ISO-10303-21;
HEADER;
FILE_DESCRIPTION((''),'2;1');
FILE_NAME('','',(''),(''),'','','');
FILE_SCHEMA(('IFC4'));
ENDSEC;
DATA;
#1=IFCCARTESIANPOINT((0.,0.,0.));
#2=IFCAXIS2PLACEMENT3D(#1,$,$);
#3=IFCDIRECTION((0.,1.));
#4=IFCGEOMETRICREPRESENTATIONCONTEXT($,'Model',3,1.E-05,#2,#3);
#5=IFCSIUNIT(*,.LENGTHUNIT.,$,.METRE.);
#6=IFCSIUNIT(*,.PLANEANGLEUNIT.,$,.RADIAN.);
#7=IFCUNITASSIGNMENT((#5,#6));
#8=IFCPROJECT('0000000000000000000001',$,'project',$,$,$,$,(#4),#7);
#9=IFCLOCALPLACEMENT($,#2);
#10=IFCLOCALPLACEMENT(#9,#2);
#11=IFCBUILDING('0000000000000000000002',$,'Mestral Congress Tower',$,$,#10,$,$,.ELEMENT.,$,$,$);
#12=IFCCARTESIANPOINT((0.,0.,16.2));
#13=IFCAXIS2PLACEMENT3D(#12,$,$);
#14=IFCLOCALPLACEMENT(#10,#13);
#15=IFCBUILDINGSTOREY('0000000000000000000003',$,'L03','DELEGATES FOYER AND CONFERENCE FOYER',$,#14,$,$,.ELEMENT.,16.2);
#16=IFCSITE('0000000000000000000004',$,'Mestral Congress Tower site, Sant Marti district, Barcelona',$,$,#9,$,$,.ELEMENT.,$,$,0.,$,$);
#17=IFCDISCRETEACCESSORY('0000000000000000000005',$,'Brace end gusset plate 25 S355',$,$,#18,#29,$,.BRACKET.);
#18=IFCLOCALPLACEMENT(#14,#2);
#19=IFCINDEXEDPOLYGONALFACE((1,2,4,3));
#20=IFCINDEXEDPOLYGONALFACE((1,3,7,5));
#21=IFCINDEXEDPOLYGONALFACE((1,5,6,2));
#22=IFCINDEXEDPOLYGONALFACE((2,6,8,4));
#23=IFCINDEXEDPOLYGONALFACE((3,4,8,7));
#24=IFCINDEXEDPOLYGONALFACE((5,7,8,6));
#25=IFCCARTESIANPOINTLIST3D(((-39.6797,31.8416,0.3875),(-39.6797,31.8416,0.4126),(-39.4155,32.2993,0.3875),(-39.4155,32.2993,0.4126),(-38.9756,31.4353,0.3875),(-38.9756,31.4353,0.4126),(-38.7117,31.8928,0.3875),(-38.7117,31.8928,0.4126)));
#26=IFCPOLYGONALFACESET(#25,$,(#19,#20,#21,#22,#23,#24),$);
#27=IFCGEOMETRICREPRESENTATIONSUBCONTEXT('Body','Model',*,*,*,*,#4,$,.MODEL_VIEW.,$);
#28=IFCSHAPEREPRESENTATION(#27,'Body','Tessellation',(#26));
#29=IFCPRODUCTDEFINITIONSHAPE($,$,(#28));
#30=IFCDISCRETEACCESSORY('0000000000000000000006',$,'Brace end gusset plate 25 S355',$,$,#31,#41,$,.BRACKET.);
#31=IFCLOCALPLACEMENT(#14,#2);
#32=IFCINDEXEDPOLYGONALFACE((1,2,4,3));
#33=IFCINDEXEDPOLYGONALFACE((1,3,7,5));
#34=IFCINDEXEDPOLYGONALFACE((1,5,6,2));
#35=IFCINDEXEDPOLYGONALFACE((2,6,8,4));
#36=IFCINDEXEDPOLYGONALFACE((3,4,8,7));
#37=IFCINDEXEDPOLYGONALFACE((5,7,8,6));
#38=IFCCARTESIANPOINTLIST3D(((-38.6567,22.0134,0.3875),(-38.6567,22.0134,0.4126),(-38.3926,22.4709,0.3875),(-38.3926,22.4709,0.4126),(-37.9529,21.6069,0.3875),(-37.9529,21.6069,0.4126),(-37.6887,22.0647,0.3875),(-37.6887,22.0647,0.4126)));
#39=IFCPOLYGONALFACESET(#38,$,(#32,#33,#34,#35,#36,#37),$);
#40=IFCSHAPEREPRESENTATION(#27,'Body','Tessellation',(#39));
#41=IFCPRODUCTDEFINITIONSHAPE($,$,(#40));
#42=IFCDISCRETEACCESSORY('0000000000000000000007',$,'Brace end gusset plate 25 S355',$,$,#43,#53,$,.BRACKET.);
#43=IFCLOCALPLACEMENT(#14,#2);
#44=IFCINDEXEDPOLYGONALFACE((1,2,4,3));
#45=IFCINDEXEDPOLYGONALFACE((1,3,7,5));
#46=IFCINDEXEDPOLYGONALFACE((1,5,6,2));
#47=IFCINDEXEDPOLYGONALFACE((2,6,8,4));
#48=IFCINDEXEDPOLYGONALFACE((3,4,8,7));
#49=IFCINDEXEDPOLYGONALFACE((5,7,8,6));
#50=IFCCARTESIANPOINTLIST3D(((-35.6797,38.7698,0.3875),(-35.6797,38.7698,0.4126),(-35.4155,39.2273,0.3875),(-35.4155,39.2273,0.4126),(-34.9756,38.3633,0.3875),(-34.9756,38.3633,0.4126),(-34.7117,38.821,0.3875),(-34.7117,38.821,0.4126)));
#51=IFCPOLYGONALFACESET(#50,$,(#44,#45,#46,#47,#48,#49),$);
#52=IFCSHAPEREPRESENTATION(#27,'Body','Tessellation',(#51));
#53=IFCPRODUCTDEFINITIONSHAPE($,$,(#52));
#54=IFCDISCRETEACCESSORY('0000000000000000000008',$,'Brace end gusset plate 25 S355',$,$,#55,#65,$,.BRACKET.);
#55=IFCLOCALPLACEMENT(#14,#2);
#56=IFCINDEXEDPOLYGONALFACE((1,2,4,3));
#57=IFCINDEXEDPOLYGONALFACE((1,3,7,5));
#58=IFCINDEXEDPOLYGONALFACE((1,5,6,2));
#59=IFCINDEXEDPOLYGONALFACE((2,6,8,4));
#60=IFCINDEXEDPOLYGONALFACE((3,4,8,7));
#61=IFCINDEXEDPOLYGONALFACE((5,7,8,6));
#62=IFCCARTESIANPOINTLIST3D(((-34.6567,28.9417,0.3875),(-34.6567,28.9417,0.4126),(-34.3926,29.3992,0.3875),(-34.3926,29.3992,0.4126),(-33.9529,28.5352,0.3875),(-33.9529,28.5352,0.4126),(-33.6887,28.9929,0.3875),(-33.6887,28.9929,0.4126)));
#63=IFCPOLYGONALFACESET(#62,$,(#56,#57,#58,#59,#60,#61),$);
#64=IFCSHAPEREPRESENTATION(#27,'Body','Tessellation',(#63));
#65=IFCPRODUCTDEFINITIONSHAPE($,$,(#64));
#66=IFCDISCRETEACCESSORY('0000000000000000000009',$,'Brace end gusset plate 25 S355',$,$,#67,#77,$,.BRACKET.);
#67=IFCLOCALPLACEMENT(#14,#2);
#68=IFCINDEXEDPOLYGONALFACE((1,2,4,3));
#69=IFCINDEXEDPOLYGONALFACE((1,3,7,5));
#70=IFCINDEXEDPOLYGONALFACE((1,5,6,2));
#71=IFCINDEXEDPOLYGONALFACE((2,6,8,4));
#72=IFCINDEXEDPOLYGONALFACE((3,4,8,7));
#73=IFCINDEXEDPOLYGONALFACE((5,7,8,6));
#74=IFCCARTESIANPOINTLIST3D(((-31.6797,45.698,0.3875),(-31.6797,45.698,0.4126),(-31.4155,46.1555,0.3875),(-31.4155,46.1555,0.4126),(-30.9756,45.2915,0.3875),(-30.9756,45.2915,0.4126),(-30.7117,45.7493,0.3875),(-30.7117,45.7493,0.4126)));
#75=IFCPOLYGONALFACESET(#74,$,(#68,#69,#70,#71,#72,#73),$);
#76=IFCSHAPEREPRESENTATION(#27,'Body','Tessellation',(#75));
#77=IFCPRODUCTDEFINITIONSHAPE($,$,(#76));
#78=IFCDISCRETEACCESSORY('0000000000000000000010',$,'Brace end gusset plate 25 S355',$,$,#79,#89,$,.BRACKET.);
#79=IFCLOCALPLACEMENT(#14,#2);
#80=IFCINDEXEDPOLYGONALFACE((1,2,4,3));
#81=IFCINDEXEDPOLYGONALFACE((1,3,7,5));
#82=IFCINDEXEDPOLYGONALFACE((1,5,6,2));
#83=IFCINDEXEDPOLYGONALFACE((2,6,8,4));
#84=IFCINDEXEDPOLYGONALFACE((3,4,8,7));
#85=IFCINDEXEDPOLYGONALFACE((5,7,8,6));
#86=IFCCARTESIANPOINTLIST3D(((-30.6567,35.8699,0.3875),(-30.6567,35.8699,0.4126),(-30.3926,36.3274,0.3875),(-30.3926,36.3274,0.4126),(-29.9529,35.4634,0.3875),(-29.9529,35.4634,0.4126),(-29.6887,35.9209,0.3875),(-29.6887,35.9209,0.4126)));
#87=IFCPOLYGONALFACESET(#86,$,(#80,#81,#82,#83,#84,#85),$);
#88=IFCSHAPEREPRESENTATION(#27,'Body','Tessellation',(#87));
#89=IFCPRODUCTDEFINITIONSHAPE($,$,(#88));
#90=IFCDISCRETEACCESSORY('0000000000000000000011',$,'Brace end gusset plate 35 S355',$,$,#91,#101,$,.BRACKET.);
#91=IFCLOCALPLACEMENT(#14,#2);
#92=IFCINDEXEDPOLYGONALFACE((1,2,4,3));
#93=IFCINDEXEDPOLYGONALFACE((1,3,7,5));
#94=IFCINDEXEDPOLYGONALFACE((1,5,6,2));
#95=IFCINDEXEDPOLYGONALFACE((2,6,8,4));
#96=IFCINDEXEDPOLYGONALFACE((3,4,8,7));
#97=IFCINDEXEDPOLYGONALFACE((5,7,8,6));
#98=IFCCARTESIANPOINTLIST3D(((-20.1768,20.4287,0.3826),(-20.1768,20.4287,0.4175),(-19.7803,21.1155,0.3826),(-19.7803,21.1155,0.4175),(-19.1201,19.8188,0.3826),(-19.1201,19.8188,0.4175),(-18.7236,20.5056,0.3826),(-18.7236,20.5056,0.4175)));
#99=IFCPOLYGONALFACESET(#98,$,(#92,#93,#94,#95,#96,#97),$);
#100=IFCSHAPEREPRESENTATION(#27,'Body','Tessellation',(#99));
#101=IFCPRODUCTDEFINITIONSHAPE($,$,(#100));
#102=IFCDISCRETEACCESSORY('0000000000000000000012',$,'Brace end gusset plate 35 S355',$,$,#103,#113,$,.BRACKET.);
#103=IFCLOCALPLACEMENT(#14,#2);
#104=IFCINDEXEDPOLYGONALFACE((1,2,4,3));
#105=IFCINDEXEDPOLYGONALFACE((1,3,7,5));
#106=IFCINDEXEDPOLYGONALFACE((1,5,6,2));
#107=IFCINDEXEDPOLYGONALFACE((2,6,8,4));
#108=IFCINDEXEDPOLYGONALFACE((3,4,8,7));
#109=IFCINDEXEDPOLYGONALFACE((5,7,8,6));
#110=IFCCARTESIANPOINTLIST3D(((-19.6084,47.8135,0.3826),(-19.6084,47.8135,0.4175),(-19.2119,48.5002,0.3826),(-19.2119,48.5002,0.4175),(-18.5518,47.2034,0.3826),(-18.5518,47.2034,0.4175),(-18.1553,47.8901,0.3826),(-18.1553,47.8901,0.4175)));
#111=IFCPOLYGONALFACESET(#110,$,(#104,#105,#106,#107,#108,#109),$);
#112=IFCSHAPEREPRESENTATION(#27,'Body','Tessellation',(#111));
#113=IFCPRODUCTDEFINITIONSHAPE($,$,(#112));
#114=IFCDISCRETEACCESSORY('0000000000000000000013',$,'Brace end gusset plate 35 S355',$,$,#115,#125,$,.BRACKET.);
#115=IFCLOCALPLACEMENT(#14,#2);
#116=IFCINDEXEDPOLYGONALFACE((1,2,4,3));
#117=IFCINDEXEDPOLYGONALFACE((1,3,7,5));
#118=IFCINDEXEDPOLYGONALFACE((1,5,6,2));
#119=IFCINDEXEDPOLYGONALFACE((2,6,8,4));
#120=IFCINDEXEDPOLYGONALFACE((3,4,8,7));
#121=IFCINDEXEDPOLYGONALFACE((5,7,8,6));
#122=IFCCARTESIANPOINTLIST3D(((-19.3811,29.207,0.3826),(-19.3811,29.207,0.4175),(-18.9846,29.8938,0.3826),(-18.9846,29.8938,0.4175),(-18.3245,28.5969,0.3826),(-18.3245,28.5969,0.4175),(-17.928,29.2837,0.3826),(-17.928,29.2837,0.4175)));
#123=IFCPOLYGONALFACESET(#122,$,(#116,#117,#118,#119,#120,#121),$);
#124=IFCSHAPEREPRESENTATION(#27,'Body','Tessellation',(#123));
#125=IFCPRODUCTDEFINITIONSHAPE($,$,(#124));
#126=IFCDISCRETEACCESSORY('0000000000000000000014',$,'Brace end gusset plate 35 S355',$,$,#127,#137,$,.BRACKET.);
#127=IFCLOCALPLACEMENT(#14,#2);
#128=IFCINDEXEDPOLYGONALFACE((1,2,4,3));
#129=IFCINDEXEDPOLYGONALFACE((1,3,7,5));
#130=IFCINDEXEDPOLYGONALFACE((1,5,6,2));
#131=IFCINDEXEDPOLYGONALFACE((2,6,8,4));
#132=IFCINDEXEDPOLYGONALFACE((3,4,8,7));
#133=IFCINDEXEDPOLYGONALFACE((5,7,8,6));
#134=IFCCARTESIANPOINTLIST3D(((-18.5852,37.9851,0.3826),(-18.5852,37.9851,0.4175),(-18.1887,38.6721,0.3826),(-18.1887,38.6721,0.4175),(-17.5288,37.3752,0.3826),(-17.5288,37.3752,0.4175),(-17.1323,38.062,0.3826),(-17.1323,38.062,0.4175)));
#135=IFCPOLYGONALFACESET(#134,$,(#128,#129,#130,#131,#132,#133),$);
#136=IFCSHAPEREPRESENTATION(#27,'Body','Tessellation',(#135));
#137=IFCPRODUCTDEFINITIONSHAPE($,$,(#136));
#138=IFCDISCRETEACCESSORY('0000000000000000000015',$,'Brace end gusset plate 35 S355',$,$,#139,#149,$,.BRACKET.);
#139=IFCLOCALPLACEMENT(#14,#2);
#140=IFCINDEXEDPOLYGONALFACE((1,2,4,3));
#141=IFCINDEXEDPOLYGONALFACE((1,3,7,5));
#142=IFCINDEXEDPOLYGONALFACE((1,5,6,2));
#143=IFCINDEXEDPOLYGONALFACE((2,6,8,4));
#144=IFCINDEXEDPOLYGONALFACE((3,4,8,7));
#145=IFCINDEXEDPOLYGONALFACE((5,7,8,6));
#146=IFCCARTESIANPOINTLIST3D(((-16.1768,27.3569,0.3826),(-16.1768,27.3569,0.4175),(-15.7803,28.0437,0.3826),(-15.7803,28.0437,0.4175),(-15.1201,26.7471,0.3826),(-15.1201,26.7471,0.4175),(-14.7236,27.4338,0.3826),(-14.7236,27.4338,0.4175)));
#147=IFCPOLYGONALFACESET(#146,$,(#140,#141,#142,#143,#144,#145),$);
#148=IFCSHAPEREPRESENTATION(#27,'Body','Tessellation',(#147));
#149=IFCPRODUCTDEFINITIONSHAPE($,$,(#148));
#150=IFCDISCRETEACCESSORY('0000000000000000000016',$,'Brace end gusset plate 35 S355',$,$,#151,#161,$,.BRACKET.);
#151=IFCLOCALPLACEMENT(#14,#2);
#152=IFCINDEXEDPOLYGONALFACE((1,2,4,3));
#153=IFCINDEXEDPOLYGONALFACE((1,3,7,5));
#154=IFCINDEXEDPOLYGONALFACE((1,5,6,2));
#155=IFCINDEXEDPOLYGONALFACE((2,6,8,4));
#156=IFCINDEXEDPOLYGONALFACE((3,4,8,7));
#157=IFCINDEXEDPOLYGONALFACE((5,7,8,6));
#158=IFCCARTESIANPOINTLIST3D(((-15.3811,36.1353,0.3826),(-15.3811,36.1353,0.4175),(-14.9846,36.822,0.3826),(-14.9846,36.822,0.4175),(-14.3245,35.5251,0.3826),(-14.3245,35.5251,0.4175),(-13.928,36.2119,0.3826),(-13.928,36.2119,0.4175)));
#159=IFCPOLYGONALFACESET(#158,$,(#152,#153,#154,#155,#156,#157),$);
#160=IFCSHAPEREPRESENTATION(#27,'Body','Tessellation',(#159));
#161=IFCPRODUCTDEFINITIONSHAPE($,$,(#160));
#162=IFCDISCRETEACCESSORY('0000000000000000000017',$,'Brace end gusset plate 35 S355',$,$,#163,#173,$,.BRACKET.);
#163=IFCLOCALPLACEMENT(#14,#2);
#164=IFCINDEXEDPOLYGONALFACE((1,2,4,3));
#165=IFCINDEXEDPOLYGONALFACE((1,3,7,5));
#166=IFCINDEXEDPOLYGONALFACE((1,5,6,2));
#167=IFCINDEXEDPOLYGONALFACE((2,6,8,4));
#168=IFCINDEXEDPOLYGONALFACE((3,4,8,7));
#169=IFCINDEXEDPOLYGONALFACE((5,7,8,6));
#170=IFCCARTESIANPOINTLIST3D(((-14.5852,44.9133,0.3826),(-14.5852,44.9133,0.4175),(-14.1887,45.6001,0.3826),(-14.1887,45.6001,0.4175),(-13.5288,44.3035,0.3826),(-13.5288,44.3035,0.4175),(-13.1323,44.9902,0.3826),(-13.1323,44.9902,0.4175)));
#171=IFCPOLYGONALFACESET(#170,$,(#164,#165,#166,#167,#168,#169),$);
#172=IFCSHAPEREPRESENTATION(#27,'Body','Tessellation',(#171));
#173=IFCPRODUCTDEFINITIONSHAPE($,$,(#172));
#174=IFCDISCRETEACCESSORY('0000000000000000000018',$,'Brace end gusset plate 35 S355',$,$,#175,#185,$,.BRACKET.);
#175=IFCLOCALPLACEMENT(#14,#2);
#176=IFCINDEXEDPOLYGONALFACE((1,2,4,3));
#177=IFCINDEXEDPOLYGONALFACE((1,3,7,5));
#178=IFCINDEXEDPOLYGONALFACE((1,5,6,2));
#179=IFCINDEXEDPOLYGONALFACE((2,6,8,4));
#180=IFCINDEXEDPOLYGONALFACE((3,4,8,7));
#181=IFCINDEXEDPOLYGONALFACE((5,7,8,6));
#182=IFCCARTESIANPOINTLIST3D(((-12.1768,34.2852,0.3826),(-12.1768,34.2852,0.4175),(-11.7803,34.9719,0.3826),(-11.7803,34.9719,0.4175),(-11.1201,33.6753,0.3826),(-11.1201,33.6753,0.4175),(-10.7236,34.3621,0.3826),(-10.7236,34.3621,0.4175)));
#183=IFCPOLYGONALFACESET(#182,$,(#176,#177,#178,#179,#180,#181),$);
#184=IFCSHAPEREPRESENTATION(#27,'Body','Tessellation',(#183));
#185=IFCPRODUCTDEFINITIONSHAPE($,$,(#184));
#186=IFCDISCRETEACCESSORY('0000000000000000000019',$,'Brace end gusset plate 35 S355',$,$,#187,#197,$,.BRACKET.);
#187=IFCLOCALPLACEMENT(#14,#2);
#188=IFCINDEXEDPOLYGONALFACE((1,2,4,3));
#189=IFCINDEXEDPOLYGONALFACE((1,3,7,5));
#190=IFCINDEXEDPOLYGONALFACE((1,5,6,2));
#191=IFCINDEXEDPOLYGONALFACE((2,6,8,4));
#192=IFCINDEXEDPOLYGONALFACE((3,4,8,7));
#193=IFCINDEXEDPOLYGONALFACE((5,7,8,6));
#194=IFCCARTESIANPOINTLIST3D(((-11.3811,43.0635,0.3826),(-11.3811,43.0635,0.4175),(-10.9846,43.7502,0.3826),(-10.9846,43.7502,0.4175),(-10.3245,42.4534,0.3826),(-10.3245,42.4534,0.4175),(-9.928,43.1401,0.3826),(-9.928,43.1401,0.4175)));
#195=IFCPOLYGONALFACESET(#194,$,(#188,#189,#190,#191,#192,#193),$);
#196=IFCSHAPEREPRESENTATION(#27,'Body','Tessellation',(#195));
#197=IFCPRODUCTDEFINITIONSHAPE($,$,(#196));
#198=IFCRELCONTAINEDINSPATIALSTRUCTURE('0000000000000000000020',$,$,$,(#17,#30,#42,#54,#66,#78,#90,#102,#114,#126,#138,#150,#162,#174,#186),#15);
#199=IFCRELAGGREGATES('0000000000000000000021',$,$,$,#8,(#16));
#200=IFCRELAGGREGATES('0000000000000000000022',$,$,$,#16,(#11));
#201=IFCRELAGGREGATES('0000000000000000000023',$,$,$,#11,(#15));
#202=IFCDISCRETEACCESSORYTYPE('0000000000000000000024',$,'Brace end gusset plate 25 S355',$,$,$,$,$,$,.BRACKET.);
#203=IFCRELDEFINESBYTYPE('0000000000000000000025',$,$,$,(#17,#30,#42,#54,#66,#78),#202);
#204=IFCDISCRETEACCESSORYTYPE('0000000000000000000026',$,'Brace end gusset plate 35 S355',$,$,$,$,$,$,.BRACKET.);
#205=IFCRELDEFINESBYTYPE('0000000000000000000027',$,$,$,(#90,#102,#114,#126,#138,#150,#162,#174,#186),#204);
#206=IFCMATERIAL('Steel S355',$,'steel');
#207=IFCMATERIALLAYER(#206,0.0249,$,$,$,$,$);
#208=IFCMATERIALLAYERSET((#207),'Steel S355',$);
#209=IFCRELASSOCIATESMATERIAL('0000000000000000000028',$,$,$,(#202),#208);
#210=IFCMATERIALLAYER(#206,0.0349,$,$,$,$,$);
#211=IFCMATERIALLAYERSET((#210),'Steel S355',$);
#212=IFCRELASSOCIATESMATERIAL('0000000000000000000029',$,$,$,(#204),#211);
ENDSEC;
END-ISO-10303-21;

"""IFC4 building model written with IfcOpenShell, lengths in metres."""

from ifc_helpers import new_model, si_unit, direction, frame, origin, place, context, subcontext, project, spatial, polyline, outline, extrude, material, layer, layer_set, type_object, element, save


model = new_model("IFC4")

# Units and contexts
model_context = context("Model", 3, precision=1e-05, world=origin(), true_north=direction((0.0, 1.0)))
body_context = subcontext(model_context, "Body", "Model", "MODEL_VIEW")
ifc_project = project(units=[si_unit("LENGTHUNIT", "METRE"), si_unit("PLANEANGLEUNIT", "RADIAN")], contexts=[model_context])

# Site, building, storey
site_placement = place(None, origin())
site = spatial("IfcSite", under=ifc_project, at=site_placement, Name="Mestral Congress Tower site, Sant Marti district, Barcelona", CompositionType="ELEMENT", RefElevation=0.0)
building_placement = place(site_placement, origin())
building = spatial("IfcBuilding", under=site, at=building_placement, Name="Mestral Congress Tower", CompositionType="ELEMENT")
storey_placement = place(building_placement, frame((0.0, 0.0, 16.2)))
storey = spatial("IfcBuildingStorey", under=building, at=storey_placement, Name="L03", Description="DELEGATES FOYER AND CONFERENCE FOYER", CompositionType="ELEMENT", Elevation=16.2)

# Discrete accessories
ifc_material = material(Name="Steel S355", Category="steel")
ifc_layer_1 = layer(ifc_material, 0.0249)
ifc_layer_set_1 = layer_set([ifc_layer_1], Name="Steel S355")
discrete_accessory_type_1 = type_object("IfcDiscreteAccessoryType", Name="Brace end gusset plate 25 S355", PredefinedType="BRACKET", material=ifc_layer_set_1)
placement_1 = place(storey_placement, frame((0.0, 0.0, 0.3875)))
element("IfcDiscreteAccessory", 1, at=placement_1, inside=storey, type_object=discrete_accessory_type_1, Name="Brace end gusset plate 25 S355", PredefinedType="BRACKET", context=body_context, shape_type="SweptSolid", body=[
    extrude(outline(polyline([(-39.6797, 31.8416), (-38.9756, 31.4353), (-38.7117, 31.8928), (-39.4155, 32.2993), (-39.6797, 31.8416)])), origin(), (0.0, 0.0, 1.0), 0.0251),
])
element("IfcDiscreteAccessory", 2, at=placement_1, inside=storey, type_object=discrete_accessory_type_1, Name="Brace end gusset plate 25 S355", PredefinedType="BRACKET", context=body_context, shape_type="SweptSolid", body=[
    extrude(outline(polyline([(-38.6567, 22.0134), (-37.9529, 21.6069), (-37.6887, 22.0647), (-38.3926, 22.4709), (-38.6567, 22.0134)])), origin(), (0.0, 0.0, 1.0), 0.0251),
])
element("IfcDiscreteAccessory", 3, at=placement_1, inside=storey, type_object=discrete_accessory_type_1, Name="Brace end gusset plate 25 S355", PredefinedType="BRACKET", context=body_context, shape_type="SweptSolid", body=[
    extrude(outline(polyline([(-35.6797, 38.7698), (-34.9756, 38.3633), (-34.7117, 38.821), (-35.4155, 39.2273), (-35.6797, 38.7698)])), origin(), (0.0, 0.0, 1.0), 0.0251),
])
element("IfcDiscreteAccessory", 4, at=placement_1, inside=storey, type_object=discrete_accessory_type_1, Name="Brace end gusset plate 25 S355", PredefinedType="BRACKET", context=body_context, shape_type="SweptSolid", body=[
    extrude(outline(polyline([(-34.6567, 28.9417), (-33.9529, 28.5352), (-33.6887, 28.9929), (-34.3926, 29.3992), (-34.6567, 28.9417)])), origin(), (0.0, 0.0, 1.0), 0.0251),
])
element("IfcDiscreteAccessory", 5, at=placement_1, inside=storey, type_object=discrete_accessory_type_1, Name="Brace end gusset plate 25 S355", PredefinedType="BRACKET", context=body_context, shape_type="SweptSolid", body=[
    extrude(outline(polyline([(-31.6797, 45.698), (-30.9756, 45.2915), (-30.7117, 45.7493), (-31.4155, 46.1555), (-31.6797, 45.698)])), origin(), (0.0, 0.0, 1.0), 0.0251),
])
element("IfcDiscreteAccessory", 6, at=placement_1, inside=storey, type_object=discrete_accessory_type_1, Name="Brace end gusset plate 25 S355", PredefinedType="BRACKET", context=body_context, shape_type="SweptSolid", body=[
    extrude(outline(polyline([(-30.6567, 35.8699), (-29.9529, 35.4634), (-29.6887, 35.9209), (-30.3926, 36.3274), (-30.6567, 35.8699)])), origin(), (0.0, 0.0, 1.0), 0.0251),
])
ifc_layer_2 = layer(ifc_material, 0.0349)
ifc_layer_set_2 = layer_set([ifc_layer_2], Name="Steel S355")
discrete_accessory_type_2 = type_object("IfcDiscreteAccessoryType", Name="Brace end gusset plate 35 S355", PredefinedType="BRACKET", material=ifc_layer_set_2)
placement_2 = place(storey_placement, frame((0.0, 0.0, 0.3826)))
element("IfcDiscreteAccessory", 7, at=placement_2, inside=storey, type_object=discrete_accessory_type_2, Name="Brace end gusset plate 35 S355", PredefinedType="BRACKET", context=body_context, shape_type="SweptSolid", body=[
    extrude(outline(polyline([(-18.7236, 20.5056), (-19.7803, 21.1155), (-20.1768, 20.4287), (-19.1201, 19.8188), (-18.7236, 20.5056)])), origin(), (0.0, 0.0, 1.0), 0.0349),
])
element("IfcDiscreteAccessory", 8, at=placement_2, inside=storey, type_object=discrete_accessory_type_2, Name="Brace end gusset plate 35 S355", PredefinedType="BRACKET", context=body_context, shape_type="SweptSolid", body=[
    extrude(outline(polyline([(-19.6084, 47.8135), (-18.5518, 47.2034), (-18.1553, 47.8901), (-19.2119, 48.5002), (-19.6084, 47.8135)])), origin(), (0.0, 0.0, 1.0), 0.0349),
])
element("IfcDiscreteAccessory", 9, at=placement_2, inside=storey, type_object=discrete_accessory_type_2, Name="Brace end gusset plate 35 S355", PredefinedType="BRACKET", context=body_context, shape_type="SweptSolid", body=[
    extrude(outline(polyline([(-19.3811, 29.207), (-18.3245, 28.5969), (-17.928, 29.2837), (-18.9846, 29.8938), (-19.3811, 29.207)])), origin(), (0.0, 0.0, 1.0), 0.0349),
])
element("IfcDiscreteAccessory", 10, at=placement_2, inside=storey, type_object=discrete_accessory_type_2, Name="Brace end gusset plate 35 S355", PredefinedType="BRACKET", context=body_context, shape_type="SweptSolid", body=[
    extrude(outline(polyline([(-18.5852, 37.9851), (-17.5288, 37.3752), (-17.1323, 38.062), (-18.1887, 38.6721), (-18.5852, 37.9851)])), origin(), (0.0, 0.0, 1.0), 0.0349),
])
element("IfcDiscreteAccessory", 11, at=placement_2, inside=storey, type_object=discrete_accessory_type_2, Name="Brace end gusset plate 35 S355", PredefinedType="BRACKET", context=body_context, shape_type="SweptSolid", body=[
    extrude(outline(polyline([(-14.7236, 27.4338), (-15.7803, 28.0437), (-16.1768, 27.3569), (-15.1201, 26.7471), (-14.7236, 27.4338)])), origin(), (0.0, 0.0, 1.0), 0.0349),
])
element("IfcDiscreteAccessory", 12, at=placement_2, inside=storey, type_object=discrete_accessory_type_2, Name="Brace end gusset plate 35 S355", PredefinedType="BRACKET", context=body_context, shape_type="SweptSolid", body=[
    extrude(outline(polyline([(-15.3811, 36.1353), (-14.3245, 35.5251), (-13.928, 36.2119), (-14.9846, 36.822), (-15.3811, 36.1353)])), origin(), (0.0, 0.0, 1.0), 0.0349),
])
element("IfcDiscreteAccessory", 13, at=placement_2, inside=storey, type_object=discrete_accessory_type_2, Name="Brace end gusset plate 35 S355", PredefinedType="BRACKET", context=body_context, shape_type="SweptSolid", body=[
    extrude(outline(polyline([(-14.5852, 44.9133), (-13.5288, 44.3035), (-13.1323, 44.9902), (-14.1887, 45.6001), (-14.5852, 44.9133)])), origin(), (0.0, 0.0, 1.0), 0.0349),
])
element("IfcDiscreteAccessory", 14, at=placement_2, inside=storey, type_object=discrete_accessory_type_2, Name="Brace end gusset plate 35 S355", PredefinedType="BRACKET", context=body_context, shape_type="SweptSolid", body=[
    extrude(outline(polyline([(-10.7236, 34.3621), (-11.7803, 34.9719), (-12.1768, 34.2852), (-11.1201, 33.6753), (-10.7236, 34.3621)])), origin(), (0.0, 0.0, 1.0), 0.0349),
])
element("IfcDiscreteAccessory", 15, at=placement_2, inside=storey, type_object=discrete_accessory_type_2, Name="Brace end gusset plate 35 S355", PredefinedType="BRACKET", context=body_context, shape_type="SweptSolid", body=[
    extrude(outline(polyline([(-11.3811, 43.0635), (-10.3245, 42.4534), (-9.928, 43.1401), (-10.9846, 43.7502), (-11.3811, 43.0635)])), origin(), (0.0, 0.0, 1.0), 0.0349),
])

save(model, "model.ifc")
